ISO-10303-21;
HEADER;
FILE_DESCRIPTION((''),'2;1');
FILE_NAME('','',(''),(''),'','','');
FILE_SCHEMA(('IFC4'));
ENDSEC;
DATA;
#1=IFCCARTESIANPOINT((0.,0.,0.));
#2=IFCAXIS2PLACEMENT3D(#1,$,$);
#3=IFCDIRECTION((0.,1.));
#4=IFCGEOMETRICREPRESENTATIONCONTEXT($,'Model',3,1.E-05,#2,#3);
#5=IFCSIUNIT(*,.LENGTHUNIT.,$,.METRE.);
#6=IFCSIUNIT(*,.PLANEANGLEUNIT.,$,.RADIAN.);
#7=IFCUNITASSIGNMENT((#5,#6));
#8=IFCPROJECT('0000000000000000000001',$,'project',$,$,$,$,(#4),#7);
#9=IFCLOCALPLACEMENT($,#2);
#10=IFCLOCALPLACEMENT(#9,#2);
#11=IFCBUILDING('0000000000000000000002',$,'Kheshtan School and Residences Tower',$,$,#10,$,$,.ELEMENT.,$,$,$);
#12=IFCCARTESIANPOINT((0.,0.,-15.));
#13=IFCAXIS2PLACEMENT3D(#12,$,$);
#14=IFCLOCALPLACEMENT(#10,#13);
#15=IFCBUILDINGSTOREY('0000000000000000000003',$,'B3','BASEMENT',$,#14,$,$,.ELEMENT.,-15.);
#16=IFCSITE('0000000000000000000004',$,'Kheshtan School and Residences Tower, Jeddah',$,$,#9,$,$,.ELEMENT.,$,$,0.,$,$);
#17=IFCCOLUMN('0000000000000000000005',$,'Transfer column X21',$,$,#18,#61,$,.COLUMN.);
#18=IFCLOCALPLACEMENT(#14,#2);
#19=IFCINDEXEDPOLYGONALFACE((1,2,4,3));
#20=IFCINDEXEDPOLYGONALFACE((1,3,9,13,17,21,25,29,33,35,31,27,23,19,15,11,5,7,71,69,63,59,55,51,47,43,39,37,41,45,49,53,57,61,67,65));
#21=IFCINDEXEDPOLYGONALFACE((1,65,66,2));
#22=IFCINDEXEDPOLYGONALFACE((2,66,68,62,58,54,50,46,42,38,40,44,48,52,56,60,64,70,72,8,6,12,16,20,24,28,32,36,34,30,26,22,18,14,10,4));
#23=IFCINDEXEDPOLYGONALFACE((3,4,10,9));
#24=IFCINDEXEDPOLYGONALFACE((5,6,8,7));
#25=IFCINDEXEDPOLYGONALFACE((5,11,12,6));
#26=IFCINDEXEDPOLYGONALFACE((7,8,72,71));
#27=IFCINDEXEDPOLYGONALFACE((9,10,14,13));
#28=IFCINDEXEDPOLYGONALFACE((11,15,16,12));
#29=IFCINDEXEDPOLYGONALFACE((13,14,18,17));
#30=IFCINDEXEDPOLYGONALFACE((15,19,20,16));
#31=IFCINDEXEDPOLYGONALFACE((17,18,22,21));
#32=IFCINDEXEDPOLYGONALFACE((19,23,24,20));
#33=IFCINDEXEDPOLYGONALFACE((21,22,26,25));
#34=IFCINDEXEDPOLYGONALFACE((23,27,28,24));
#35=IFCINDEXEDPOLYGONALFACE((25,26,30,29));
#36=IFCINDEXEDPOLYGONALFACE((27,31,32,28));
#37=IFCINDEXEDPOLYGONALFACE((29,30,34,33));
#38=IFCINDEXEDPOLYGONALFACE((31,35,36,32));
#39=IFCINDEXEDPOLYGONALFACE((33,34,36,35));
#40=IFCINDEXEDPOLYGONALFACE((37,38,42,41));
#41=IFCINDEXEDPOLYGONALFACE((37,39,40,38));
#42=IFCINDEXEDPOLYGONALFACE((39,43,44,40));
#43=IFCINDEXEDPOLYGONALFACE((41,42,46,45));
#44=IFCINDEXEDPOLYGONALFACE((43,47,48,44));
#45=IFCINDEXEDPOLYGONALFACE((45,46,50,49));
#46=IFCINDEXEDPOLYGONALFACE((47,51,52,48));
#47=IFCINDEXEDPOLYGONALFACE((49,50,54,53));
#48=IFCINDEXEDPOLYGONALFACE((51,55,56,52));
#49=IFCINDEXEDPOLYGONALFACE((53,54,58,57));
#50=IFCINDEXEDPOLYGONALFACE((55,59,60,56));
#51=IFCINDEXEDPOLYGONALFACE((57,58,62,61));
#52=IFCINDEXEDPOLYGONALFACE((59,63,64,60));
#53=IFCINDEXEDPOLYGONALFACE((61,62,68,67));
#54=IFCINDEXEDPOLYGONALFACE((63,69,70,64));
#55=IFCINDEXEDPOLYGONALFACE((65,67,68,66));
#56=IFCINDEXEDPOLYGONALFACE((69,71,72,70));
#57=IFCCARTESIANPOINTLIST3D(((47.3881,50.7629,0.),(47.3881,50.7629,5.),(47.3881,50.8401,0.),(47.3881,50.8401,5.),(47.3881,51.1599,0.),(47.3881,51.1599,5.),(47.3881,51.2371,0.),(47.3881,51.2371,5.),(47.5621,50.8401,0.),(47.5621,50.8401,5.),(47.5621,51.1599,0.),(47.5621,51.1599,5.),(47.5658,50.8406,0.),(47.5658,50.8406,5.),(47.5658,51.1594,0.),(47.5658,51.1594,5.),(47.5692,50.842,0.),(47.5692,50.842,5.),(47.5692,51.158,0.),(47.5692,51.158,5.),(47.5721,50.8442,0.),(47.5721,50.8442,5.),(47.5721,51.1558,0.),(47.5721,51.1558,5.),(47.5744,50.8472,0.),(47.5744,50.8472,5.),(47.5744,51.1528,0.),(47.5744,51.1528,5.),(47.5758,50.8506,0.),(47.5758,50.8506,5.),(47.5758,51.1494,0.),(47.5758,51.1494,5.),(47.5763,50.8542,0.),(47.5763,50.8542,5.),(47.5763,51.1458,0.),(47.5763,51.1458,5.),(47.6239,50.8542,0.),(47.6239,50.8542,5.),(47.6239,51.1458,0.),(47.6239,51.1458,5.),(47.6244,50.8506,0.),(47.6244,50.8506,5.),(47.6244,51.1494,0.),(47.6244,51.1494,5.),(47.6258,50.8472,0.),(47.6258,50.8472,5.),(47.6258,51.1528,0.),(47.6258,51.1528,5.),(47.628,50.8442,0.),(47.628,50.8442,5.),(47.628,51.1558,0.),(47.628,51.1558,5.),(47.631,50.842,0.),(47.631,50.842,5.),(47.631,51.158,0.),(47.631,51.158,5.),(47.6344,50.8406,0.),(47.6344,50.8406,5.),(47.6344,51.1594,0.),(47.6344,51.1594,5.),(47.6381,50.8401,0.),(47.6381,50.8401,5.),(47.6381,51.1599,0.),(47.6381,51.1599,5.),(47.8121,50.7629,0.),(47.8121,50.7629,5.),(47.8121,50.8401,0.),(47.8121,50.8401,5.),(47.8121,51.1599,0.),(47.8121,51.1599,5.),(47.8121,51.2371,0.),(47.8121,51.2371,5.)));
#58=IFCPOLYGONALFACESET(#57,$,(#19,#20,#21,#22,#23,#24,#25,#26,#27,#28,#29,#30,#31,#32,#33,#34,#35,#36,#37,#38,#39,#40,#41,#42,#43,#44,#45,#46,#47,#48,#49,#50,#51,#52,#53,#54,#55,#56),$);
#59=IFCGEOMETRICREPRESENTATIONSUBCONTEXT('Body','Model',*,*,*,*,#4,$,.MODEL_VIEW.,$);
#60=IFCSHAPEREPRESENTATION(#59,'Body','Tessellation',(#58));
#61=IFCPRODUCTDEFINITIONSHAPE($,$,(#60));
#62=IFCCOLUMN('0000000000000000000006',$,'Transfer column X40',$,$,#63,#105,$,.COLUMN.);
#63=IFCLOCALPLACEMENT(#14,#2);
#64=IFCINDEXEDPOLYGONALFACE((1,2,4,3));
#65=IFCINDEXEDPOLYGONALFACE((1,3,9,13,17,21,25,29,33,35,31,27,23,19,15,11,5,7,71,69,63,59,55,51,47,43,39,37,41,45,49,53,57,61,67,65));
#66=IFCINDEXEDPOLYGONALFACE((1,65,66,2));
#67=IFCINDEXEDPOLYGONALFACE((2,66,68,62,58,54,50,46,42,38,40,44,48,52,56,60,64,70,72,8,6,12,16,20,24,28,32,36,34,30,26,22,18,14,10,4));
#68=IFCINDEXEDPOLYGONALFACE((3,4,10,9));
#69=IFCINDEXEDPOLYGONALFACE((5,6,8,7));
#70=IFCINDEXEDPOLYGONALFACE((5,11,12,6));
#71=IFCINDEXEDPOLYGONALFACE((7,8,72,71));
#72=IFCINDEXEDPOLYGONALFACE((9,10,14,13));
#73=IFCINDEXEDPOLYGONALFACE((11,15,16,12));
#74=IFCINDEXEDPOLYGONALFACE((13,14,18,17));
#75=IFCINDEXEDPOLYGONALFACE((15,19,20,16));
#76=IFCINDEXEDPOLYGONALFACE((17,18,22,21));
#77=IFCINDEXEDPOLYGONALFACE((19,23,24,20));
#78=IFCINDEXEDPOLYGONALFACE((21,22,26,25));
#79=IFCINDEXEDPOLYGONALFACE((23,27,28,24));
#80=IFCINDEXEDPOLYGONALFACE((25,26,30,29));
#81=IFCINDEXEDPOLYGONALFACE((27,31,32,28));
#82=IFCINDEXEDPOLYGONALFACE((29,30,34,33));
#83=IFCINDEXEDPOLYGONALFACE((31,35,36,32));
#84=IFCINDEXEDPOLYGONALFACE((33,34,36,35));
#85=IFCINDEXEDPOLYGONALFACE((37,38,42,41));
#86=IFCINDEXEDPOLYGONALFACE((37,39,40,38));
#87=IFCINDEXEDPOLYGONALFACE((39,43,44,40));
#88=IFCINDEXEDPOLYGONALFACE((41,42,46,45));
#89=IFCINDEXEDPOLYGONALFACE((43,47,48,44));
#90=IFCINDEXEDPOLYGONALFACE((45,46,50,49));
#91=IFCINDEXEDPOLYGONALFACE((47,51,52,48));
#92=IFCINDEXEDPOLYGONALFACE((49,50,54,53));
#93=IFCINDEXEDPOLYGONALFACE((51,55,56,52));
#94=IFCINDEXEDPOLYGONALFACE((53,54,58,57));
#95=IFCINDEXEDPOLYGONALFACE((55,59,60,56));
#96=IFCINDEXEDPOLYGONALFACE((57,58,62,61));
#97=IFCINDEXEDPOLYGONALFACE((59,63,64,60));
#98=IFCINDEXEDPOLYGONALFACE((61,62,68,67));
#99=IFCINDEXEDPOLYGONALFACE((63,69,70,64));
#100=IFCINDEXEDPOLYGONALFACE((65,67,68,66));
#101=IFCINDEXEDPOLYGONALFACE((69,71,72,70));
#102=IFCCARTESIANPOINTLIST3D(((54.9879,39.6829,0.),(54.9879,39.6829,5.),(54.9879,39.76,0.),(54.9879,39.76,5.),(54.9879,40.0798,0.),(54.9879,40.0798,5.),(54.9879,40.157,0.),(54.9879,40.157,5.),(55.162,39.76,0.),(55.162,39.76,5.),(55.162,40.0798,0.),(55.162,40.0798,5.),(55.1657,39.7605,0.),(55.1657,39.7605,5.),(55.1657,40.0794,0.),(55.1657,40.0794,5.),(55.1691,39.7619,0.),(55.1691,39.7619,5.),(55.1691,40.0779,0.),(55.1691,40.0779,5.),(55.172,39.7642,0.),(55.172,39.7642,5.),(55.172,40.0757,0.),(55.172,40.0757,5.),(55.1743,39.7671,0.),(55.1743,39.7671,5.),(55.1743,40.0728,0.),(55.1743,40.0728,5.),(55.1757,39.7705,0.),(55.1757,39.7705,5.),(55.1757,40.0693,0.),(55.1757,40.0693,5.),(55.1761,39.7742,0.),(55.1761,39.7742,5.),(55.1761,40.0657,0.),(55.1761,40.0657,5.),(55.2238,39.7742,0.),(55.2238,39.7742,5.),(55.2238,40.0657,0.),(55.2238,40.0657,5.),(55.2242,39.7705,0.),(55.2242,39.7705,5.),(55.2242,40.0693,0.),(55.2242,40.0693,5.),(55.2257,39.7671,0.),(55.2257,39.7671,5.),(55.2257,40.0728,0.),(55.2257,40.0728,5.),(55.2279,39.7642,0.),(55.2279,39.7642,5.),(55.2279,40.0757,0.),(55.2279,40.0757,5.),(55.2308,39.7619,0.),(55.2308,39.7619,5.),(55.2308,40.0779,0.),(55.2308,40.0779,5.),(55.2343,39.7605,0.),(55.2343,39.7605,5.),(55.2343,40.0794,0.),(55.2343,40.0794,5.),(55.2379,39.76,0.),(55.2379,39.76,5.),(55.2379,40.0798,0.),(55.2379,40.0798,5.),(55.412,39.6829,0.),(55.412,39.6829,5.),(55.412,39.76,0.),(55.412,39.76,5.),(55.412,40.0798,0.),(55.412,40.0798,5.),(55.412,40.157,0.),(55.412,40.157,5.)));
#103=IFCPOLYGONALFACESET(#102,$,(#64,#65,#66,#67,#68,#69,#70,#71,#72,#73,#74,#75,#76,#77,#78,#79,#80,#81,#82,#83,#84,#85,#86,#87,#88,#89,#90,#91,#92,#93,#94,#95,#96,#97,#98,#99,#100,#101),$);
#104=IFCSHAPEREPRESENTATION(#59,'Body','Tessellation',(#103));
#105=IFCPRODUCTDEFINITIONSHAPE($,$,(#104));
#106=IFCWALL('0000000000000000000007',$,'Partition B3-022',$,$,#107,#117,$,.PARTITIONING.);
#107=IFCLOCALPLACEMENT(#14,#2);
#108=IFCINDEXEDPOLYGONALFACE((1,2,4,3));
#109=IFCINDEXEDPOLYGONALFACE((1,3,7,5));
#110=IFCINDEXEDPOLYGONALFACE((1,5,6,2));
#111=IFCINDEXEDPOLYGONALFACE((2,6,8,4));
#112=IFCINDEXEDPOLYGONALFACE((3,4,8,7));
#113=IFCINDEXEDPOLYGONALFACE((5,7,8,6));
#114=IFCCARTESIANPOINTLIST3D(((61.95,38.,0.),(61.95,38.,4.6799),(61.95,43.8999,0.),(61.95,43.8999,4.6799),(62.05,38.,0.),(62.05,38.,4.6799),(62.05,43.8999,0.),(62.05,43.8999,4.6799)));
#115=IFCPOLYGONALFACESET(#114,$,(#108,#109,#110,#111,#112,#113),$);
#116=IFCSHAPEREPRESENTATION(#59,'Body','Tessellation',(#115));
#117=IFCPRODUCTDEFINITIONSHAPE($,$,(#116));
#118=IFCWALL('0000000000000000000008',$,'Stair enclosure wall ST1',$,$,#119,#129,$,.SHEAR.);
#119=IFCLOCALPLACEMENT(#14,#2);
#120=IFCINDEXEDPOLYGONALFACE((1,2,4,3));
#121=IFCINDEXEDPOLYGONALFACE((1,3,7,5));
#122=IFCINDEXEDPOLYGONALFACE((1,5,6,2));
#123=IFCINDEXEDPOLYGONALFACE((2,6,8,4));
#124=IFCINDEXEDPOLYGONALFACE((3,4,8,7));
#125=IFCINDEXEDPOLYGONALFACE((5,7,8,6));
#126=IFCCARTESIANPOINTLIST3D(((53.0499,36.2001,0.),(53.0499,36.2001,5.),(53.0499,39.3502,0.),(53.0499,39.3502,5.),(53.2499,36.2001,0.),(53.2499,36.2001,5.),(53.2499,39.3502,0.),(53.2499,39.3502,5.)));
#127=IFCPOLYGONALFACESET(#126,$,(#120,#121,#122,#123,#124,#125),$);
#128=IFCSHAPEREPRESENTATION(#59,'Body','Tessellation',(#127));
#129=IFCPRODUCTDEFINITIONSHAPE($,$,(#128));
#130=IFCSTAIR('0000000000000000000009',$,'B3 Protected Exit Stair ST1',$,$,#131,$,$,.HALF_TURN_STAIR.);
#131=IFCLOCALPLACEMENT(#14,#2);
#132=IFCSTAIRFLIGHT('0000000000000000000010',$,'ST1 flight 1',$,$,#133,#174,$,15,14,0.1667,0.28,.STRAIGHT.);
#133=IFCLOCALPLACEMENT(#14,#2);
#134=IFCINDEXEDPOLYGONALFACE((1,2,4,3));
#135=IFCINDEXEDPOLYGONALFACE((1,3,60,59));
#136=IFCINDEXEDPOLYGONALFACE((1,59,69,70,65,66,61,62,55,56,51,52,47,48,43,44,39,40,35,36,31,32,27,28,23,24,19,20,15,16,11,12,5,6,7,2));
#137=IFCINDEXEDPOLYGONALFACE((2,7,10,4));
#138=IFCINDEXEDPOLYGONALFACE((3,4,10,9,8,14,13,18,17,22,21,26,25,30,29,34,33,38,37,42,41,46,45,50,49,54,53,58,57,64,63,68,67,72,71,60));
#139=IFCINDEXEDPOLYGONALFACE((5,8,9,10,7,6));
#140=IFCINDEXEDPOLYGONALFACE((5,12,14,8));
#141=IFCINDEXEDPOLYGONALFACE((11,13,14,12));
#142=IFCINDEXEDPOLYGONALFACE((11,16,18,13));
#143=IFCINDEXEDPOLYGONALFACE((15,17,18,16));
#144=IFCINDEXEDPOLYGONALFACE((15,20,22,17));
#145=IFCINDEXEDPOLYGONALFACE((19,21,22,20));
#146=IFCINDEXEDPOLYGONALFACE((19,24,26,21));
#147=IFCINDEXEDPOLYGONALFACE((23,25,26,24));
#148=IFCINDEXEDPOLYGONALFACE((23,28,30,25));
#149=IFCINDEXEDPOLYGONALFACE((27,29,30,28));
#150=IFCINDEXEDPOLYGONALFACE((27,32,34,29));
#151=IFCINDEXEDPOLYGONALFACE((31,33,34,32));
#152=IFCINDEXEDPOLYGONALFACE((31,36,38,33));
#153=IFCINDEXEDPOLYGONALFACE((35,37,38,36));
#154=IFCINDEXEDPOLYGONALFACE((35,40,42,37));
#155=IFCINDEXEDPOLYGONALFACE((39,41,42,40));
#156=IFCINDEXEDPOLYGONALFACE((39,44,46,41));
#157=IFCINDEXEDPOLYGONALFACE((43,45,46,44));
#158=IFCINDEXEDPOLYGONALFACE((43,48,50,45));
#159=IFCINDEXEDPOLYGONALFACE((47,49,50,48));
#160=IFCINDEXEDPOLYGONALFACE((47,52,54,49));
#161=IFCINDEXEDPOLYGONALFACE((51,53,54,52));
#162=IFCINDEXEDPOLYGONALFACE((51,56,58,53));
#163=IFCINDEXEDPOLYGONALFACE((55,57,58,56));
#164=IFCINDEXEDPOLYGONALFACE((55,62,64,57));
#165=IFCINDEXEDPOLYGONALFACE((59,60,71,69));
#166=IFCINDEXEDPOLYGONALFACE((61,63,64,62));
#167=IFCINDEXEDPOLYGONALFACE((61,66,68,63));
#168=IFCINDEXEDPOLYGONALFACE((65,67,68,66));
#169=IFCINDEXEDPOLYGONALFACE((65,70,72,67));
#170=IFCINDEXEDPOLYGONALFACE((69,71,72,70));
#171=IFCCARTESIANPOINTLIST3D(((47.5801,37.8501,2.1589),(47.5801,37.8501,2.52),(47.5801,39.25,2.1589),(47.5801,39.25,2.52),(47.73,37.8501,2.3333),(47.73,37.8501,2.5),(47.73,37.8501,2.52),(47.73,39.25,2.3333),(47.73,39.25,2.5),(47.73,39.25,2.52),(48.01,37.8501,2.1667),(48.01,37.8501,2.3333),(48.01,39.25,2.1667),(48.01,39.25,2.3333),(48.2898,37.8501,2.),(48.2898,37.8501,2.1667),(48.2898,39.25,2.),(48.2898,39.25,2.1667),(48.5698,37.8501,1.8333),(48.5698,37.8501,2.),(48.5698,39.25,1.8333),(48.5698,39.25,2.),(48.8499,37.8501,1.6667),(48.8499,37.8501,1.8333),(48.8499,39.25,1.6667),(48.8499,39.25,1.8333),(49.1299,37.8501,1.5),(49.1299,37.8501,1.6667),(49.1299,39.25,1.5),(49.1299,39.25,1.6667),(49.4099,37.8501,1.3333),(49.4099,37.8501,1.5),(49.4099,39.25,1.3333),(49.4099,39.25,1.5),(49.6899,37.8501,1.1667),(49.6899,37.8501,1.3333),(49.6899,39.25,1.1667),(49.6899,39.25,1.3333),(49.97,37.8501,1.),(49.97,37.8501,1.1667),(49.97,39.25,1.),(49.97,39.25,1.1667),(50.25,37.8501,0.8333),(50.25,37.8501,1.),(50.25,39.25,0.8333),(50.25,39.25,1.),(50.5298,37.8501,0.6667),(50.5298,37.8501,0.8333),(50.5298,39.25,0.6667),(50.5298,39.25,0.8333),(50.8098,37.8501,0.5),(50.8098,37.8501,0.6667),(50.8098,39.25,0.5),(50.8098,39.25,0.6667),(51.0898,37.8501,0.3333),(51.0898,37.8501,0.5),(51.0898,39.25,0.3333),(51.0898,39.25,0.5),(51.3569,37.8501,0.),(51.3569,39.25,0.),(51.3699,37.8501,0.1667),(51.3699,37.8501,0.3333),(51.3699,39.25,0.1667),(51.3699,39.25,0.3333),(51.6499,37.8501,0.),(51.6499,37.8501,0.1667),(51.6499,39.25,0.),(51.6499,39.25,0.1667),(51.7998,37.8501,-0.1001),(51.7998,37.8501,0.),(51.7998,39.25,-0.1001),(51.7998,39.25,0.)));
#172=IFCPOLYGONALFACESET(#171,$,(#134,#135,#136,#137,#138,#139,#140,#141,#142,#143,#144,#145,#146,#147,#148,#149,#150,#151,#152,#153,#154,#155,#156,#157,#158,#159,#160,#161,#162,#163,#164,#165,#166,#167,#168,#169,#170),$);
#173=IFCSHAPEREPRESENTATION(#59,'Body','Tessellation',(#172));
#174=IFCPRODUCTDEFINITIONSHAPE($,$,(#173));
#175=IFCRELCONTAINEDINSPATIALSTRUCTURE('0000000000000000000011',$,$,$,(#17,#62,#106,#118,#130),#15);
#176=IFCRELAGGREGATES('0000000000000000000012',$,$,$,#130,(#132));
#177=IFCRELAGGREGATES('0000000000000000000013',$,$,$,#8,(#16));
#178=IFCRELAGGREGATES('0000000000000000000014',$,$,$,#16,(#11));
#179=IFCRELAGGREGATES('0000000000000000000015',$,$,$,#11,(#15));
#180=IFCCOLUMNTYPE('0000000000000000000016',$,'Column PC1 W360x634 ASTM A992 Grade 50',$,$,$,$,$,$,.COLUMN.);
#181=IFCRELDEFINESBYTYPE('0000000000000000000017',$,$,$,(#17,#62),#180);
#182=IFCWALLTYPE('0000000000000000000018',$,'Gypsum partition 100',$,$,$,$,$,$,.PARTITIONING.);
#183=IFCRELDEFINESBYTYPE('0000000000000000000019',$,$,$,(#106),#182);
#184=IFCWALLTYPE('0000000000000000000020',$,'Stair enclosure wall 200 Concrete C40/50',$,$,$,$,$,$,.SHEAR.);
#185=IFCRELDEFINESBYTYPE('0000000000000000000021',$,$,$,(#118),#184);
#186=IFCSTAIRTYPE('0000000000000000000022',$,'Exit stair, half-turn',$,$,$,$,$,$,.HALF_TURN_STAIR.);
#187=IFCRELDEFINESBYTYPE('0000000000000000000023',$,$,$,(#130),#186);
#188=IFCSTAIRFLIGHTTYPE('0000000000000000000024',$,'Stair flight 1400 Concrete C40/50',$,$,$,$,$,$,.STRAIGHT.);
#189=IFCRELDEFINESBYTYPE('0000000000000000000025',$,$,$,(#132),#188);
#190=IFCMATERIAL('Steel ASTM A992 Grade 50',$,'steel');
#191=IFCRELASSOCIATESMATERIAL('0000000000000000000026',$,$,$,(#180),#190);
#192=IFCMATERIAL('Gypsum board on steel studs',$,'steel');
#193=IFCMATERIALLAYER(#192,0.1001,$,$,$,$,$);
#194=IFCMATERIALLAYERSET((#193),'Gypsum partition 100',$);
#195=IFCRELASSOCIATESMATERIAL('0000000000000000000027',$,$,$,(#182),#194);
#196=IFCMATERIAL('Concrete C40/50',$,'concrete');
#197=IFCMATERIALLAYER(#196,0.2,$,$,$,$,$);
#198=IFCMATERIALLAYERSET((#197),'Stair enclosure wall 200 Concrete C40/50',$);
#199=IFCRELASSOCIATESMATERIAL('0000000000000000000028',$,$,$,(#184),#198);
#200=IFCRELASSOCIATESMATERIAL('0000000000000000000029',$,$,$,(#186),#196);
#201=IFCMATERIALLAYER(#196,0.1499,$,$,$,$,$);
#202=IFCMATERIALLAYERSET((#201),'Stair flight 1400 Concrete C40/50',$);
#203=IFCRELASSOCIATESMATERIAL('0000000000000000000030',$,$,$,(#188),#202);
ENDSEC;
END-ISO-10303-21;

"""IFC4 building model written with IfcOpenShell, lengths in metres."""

from ifc_helpers import new_model, si_unit, direction, frame, frame_2d, origin, origin_2d, place, context, subcontext, project, spatial, polyline, rectangle, i_section, outline, extrude, material, layer, layer_set, material_profile, profile_set, type_object, element, aggregate, save


model = new_model("IFC4")

# Units and contexts
model_context = context("Model", 3, precision=1e-05, world=origin(), true_north=direction((0.0, 1.0)))
body_context = subcontext(model_context, "Body", "Model", "MODEL_VIEW")
ifc_project = project(units=[si_unit("LENGTHUNIT", "METRE"), si_unit("PLANEANGLEUNIT", "RADIAN")], contexts=[model_context])

# Site, building, storey
site_placement = place(None, origin())
site = spatial("IfcSite", under=ifc_project, at=site_placement, Name="Kheshtan School and Residences Tower, Jeddah", CompositionType="ELEMENT", RefElevation=0.0)
building_placement = place(site_placement, origin())
building = spatial("IfcBuilding", under=site, at=building_placement, Name="Kheshtan School and Residences Tower", CompositionType="ELEMENT")
storey_placement = place(building_placement, frame((0.0, 0.0, -15.0)))
storey = spatial("IfcBuildingStorey", under=building, at=storey_placement, Name="B3", Description="BASEMENT", CompositionType="ELEMENT", Elevation=-15.0)

# Columns
ifc_material_1 = material(Name="Steel ASTM A992 Grade 50", Category="steel")
ifc_material_profile_1 = material_profile(ifc_material_1, i_section(OverallWidth=0.4241, OverallDepth=0.4741, WebThickness=0.0476, FlangeThickness=0.0771, FilletRadius=0.0142, at=origin_2d()), Name="W360x634")
ifc_profile_set_1 = profile_set([ifc_material_profile_1], Name="Steel ASTM A992 Grade 50")
column_type = type_object("IfcColumnType", Name="Column PC1 W360x634 ASTM A992 Grade 50", PredefinedType="COLUMN", material=ifc_profile_set_1)
for number, where, z_axis, x_axis, name in (
    (1, (47.6001, 51.0, 0.0), (0.0, 0.0, 1.0), (1.0, 0.0, 0.0), "Transfer column X21"),
    (2, (55.2, 39.9199, 0.0), (0.0, 0.0, 1.0), (1.0, 0.0, 0.0), "Transfer column X40"),
):
    element("IfcColumn", number, at=place(storey_placement, frame(where, z_axis=z_axis, x_axis=x_axis)), inside=storey, type_object=column_type, Name=name, PredefinedType="COLUMN", context=body_context, shape_type="SweptSolid", body=[
        extrude(i_section(OverallWidth=0.4241, OverallDepth=0.4741, WebThickness=0.0476, FlangeThickness=0.0771, FilletRadius=0.0142, at=origin_2d()), origin(), (0.0, 0.0, 1.0), 5.0),
    ])

# Walls
ifc_material_2 = material(Name="Gypsum board on steel studs", Category="steel")
ifc_layer_1 = layer(ifc_material_2, 0.1001)
ifc_layer_set_1 = layer_set([ifc_layer_1], Name="Gypsum partition 100")
wall_type_1 = type_object("IfcWallType", Name="Gypsum partition 100", PredefinedType="PARTITIONING", material=ifc_layer_set_1)
wall_1_placement = place(storey_placement, frame((62.0, 38.0, 0.0), z_axis=(0.0, 0.0, 1.0), x_axis=(0.0, 1.0, 0.0)))
element("IfcWall", 3, at=wall_1_placement, inside=storey, type_object=wall_type_1, Name="Partition B3-022", PredefinedType="PARTITIONING", context=body_context, shape_type="SweptSolid", body=[
    extrude(rectangle(XDim=5.8999, YDim=0.1001, at=frame_2d((2.95, 0.0))), origin(), (0.0, 0.0, 1.0), 4.6799),
])
ifc_material_3 = material(Name="Concrete C40/50", Category="concrete")
ifc_layer_2 = layer(ifc_material_3, 0.2)
ifc_layer_set_2 = layer_set([ifc_layer_2], Name="Stair enclosure wall 200 Concrete C40/50")
wall_type_2 = type_object("IfcWallType", Name="Stair enclosure wall 200 Concrete C40/50", PredefinedType="SHEAR", material=ifc_layer_set_2)
wall_2_placement = place(storey_placement, frame((53.1499, 36.2, 0.0), z_axis=(0.0, 0.0, 1.0), x_axis=(0.0, 1.0, 0.0)))
element("IfcWall", 4, at=wall_2_placement, inside=storey, type_object=wall_type_2, Name="Stair enclosure wall ST1", PredefinedType="SHEAR", context=body_context, shape_type="SweptSolid", body=[
    extrude(rectangle(XDim=3.1501, YDim=0.2, at=frame_2d((1.5752, 0.0))), origin(), (0.0, 0.0, 1.0), 5.0),
])

# Stair, stair flight
stair_type = type_object("IfcStairType", Name="Exit stair, half-turn", PredefinedType="HALF_TURN_STAIR", material=ifc_material_3)
stair_placement = place(storey_placement, origin())
stair = element("IfcStair", 5, at=stair_placement, inside=storey, type_object=stair_type, Name="B3 Protected Exit Stair ST1", PredefinedType="HALF_TURN_STAIR")
ifc_layer_3 = layer(ifc_material_3, 0.1499)
ifc_layer_set_3 = layer_set([ifc_layer_3], Name="Stair flight 1400 Concrete C40/50")
stair_flight_type = type_object("IfcStairFlightType", Name="Stair flight 1400 Concrete C40/50", PredefinedType="STRAIGHT", material=ifc_layer_set_3)
stair_flight_1_placement = place(storey_placement, frame((51.6499, 38.55, 0.0), z_axis=(0.0, 0.0, 1.0), x_axis=(-1.0, 0.0, 0.0)))
stair_flight_1 = element("IfcStairFlight", 6, at=stair_flight_1_placement, type_object=stair_flight_type, Name="ST1 flight 1", NumberOfRisers=15, NumberOfTreads=14, PredefinedType="STRAIGHT", RiserHeight=0.1667, TreadLength=0.28, context=body_context, shape_type="SweptSolid", body=[
    extrude(outline(polyline([(-0.1499, -0.1001), (-0.1499, 0.0), (0.0, 0.0), (0.0, 0.1667), (0.28, 0.1667), (0.28, 0.3333), (0.5601, 0.3333), (0.5601, 0.5), (0.8401, 0.5), (0.8401, 0.6667), (1.1201, 0.6667), (1.1201, 0.8333), (1.3999, 0.8333), (1.3999, 1.0), (1.6799, 1.0), (1.6799, 1.1667), (1.96, 1.1667), (1.96, 1.3333), (2.24, 1.3333), (2.24, 1.5), (2.52, 1.5), (2.52, 1.6667), (2.8, 1.6667), (2.8, 1.8333), (3.0801, 1.8333), (3.0801, 2.0), (3.3601, 2.0), (3.3601, 2.1667), (3.6399, 2.1667), (3.6399, 2.3333), (3.9199, 2.3333), (3.9199, 2.5), (3.9199, 2.52), (4.0698, 2.52), (4.0698, 2.1589), (0.293, 0.0), (-0.1499, -0.1001)])), frame((0.0, 0.7, 0.0), z_axis=(0.0, -1.0, 0.0), x_axis=(1.0, 0.0, 0.0)), (0.0, 0.0, 1.0), 1.3999),
])
aggregate(stair, [stair_flight_1])

save(model, "model.ifc")
